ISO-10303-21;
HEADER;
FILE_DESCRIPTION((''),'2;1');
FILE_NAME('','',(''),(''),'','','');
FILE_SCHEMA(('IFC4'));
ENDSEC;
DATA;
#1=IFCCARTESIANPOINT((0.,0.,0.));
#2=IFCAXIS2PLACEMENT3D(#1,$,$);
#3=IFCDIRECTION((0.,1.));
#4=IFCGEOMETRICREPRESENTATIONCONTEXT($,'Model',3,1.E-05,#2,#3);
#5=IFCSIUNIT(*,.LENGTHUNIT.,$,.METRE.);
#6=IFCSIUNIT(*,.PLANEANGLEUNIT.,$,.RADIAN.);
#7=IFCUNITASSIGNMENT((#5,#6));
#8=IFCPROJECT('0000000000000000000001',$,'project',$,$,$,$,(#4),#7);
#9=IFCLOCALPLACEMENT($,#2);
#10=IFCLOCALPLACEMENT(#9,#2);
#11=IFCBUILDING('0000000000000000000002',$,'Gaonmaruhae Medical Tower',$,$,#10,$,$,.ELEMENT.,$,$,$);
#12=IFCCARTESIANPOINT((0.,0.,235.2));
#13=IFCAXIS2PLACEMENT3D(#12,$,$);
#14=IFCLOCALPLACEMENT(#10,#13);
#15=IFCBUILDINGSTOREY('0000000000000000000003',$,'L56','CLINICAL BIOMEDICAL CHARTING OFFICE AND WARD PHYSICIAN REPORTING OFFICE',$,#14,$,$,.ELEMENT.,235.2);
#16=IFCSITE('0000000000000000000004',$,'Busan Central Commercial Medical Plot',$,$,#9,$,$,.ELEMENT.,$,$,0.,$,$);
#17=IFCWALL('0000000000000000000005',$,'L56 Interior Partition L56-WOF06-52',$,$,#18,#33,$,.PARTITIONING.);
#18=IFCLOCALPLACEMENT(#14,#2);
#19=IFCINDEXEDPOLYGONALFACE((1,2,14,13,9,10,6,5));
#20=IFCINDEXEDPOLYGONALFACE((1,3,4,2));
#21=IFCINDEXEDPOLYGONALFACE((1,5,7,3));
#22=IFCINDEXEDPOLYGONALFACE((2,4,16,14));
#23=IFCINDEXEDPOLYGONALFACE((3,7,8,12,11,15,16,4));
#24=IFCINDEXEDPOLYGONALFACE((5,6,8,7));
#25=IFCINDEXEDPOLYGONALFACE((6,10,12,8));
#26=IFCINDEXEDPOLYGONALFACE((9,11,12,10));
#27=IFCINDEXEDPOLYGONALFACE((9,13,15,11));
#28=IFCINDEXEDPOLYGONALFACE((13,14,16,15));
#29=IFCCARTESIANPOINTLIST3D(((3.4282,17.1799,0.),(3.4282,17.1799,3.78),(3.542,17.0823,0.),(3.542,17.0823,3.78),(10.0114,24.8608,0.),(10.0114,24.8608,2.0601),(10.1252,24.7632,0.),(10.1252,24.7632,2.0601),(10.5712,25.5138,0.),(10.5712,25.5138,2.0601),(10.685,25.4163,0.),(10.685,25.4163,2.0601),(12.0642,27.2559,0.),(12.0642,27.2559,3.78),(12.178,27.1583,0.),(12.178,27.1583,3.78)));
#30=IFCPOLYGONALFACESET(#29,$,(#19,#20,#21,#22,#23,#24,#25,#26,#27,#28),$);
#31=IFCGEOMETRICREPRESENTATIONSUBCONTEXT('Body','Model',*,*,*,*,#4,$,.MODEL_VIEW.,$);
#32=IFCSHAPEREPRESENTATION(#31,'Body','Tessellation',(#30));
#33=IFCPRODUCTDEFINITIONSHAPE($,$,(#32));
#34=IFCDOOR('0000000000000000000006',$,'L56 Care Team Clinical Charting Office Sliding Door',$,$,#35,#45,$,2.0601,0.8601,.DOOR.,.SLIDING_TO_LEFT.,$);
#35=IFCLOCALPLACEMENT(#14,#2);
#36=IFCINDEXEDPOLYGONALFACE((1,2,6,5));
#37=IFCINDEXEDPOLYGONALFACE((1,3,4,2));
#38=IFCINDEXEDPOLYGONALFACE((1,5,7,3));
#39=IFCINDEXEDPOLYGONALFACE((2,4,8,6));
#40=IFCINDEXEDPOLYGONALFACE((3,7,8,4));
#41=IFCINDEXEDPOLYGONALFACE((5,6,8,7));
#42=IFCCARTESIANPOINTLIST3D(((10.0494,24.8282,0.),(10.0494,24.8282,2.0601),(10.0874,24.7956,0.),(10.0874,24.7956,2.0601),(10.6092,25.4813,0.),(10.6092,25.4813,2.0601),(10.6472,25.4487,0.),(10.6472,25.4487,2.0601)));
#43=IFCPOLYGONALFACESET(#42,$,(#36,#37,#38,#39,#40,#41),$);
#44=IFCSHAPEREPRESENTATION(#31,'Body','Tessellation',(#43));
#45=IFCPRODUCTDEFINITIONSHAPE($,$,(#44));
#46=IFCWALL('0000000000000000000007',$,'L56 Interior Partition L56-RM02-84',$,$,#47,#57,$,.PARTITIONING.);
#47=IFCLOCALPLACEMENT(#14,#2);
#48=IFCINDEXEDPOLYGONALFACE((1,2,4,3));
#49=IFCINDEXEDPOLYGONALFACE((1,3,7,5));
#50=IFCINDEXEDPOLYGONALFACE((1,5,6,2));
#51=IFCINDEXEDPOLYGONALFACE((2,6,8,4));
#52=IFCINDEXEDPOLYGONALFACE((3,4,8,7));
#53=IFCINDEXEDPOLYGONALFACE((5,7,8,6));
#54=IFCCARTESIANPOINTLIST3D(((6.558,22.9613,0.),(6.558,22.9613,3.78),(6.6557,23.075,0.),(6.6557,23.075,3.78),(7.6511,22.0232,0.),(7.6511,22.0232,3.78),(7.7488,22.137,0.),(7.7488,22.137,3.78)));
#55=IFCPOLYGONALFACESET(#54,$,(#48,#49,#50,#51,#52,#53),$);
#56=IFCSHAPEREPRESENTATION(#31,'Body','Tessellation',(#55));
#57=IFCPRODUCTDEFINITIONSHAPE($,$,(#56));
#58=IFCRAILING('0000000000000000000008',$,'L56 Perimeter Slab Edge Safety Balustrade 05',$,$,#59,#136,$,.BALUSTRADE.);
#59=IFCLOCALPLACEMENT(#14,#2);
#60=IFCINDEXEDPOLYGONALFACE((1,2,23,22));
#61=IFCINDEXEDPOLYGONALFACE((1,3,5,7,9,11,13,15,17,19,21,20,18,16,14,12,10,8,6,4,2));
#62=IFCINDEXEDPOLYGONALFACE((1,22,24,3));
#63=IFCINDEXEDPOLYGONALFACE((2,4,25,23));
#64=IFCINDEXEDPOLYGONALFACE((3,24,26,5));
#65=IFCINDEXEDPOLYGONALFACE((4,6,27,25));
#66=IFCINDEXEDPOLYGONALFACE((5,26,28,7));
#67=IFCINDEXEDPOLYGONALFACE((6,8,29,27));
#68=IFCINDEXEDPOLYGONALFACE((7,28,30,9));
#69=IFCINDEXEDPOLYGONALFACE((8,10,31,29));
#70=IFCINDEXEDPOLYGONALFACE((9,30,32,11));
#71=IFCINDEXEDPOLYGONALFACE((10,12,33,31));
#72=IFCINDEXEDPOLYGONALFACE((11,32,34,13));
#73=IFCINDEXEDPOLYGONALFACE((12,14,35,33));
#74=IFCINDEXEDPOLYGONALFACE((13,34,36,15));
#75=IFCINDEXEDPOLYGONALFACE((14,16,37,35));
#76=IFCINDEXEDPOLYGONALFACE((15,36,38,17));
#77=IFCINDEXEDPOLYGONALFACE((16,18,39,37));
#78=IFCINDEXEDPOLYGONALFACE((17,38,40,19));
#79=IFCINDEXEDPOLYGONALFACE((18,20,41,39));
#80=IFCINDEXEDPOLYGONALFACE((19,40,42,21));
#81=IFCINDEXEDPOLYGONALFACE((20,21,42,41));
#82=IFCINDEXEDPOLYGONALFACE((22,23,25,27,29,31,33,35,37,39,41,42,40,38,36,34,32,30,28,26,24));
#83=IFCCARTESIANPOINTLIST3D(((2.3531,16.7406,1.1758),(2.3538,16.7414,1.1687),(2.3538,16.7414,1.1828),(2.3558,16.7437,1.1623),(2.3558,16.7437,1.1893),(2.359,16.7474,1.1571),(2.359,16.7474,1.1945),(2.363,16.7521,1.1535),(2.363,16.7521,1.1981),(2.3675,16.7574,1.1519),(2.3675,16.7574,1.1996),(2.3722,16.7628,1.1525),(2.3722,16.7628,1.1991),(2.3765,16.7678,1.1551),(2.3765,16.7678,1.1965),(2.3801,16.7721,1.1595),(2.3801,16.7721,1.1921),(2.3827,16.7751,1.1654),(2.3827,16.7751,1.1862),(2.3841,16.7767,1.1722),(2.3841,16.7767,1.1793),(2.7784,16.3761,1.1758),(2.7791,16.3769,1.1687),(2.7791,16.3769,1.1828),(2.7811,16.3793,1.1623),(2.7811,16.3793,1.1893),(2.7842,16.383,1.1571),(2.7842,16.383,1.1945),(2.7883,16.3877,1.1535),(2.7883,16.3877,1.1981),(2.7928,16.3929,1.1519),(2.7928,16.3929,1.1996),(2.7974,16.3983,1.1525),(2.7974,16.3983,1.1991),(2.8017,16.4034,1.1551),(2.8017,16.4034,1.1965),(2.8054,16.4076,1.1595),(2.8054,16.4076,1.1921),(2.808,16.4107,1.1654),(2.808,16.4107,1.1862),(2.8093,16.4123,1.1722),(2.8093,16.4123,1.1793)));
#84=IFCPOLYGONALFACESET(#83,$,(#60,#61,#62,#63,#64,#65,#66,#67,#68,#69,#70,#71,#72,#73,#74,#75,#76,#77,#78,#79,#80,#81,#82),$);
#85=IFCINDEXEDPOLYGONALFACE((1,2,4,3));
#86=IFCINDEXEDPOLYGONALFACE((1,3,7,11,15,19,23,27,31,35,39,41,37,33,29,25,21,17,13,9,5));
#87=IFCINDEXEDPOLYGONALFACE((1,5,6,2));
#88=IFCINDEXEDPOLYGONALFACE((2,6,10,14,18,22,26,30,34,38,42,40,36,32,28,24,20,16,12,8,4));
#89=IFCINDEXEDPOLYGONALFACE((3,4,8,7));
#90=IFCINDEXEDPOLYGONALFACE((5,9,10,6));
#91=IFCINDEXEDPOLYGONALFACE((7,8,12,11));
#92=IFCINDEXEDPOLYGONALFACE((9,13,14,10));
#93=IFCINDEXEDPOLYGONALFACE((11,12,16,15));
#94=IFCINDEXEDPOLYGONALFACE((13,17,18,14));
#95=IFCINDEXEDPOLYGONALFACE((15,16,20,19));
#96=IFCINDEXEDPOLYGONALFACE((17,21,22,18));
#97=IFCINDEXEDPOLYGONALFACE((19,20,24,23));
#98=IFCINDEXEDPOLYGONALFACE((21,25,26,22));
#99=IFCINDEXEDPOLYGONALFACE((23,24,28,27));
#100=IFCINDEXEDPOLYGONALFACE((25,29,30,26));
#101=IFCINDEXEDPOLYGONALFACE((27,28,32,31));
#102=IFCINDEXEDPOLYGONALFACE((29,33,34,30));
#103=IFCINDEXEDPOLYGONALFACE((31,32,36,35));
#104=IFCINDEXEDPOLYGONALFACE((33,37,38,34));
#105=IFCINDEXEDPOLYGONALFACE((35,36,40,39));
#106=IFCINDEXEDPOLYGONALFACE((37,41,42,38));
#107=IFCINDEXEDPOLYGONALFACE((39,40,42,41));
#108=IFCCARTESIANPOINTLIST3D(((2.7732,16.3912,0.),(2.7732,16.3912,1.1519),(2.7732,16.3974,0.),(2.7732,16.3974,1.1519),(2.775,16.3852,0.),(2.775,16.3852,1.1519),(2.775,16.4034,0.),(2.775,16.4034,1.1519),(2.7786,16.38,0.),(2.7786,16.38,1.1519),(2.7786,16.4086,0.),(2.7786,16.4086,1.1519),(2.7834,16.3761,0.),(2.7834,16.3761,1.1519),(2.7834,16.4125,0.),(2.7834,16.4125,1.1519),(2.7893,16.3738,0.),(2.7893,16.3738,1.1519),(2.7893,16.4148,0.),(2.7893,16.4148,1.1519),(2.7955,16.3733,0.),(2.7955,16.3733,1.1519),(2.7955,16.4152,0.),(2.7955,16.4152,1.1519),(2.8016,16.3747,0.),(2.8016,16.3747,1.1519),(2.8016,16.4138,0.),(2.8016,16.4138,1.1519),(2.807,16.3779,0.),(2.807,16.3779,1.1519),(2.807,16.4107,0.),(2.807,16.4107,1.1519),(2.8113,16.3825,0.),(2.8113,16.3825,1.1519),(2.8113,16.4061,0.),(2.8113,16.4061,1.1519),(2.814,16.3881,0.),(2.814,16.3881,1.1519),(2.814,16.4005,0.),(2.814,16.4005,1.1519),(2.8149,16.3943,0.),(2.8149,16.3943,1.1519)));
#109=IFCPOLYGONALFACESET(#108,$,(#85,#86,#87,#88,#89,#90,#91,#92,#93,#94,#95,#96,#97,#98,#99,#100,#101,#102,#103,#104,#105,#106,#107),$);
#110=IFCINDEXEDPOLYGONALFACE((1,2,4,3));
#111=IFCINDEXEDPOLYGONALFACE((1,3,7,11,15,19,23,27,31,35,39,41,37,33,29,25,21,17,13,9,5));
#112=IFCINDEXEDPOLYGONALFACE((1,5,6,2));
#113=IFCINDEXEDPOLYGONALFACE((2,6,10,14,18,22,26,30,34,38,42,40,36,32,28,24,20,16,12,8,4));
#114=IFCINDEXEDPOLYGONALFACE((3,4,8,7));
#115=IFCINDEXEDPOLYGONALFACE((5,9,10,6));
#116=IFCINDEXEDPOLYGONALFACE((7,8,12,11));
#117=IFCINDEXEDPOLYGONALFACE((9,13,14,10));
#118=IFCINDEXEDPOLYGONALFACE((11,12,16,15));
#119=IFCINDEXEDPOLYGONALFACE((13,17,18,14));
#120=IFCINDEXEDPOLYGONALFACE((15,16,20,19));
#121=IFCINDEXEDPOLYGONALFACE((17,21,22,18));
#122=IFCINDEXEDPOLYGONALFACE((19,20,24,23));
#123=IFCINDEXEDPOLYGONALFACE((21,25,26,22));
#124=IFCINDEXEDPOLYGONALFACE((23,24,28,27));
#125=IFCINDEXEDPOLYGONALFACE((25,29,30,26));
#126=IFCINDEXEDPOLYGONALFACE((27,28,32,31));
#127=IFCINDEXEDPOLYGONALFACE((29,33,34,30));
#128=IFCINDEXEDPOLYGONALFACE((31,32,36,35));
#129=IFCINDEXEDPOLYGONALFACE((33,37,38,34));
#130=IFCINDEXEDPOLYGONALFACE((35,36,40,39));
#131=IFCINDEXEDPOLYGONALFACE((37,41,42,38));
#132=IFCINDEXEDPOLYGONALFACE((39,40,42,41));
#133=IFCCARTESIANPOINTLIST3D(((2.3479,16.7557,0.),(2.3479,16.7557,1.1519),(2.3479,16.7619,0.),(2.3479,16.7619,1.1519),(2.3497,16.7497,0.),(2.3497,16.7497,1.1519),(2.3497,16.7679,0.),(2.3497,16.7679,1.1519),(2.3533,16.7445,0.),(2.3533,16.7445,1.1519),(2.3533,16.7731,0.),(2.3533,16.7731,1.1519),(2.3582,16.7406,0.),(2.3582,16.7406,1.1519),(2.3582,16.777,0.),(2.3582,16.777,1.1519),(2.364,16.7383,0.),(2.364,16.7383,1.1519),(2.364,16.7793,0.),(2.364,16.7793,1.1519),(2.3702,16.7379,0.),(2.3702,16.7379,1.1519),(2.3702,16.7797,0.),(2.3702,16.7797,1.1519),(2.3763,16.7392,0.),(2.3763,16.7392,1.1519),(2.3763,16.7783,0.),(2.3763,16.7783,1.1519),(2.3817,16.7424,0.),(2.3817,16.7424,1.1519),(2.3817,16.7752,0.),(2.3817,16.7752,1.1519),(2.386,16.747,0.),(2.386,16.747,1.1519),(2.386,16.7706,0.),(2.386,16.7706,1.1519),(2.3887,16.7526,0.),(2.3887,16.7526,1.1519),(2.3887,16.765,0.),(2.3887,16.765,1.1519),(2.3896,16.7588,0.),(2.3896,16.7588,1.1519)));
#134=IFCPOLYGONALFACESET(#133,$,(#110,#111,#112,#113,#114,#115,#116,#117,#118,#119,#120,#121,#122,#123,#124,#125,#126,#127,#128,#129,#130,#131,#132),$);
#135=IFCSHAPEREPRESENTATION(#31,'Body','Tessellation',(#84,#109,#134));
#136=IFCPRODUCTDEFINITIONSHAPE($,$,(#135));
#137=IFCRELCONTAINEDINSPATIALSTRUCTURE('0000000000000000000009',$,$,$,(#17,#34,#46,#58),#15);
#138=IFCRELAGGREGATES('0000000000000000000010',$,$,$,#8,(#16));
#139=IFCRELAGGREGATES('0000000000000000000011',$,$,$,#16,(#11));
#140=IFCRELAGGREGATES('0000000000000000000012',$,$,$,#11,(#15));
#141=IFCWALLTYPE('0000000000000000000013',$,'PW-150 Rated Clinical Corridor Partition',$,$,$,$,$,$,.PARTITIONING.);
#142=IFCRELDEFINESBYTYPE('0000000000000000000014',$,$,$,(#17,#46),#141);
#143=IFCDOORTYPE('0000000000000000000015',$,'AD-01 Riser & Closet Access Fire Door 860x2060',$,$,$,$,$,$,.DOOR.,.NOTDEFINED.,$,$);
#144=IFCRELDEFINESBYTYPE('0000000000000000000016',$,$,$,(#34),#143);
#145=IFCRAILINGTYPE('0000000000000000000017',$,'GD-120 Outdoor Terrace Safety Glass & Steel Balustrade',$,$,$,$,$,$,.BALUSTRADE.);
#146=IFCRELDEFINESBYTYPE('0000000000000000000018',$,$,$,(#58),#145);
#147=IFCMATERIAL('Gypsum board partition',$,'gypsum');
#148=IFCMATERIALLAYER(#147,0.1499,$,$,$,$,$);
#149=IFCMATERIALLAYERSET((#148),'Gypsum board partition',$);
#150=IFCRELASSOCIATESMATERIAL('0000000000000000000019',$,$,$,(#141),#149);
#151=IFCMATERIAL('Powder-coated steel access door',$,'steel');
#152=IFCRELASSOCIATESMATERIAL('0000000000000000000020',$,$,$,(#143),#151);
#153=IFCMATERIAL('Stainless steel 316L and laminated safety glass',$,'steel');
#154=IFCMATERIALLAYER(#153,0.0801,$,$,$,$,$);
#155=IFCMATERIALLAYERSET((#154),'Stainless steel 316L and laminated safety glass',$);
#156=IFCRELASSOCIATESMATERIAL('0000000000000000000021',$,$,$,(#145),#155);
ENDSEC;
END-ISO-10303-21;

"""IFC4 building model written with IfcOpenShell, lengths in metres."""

from ifc_helpers import new_model, si_unit, direction, frame, frame_2d, origin, origin_2d, place, context, subcontext, project, spatial, rectangle, circle, extrude, material, layer, layer_set, type_object, element, fill, save


model = new_model("IFC4")

# Units and contexts
model_context = context("Model", 3, precision=1e-05, world=origin(), true_north=direction((0.0, 1.0)))
body_context = subcontext(model_context, "Body", "Model", "MODEL_VIEW")
ifc_project = project(units=[si_unit("LENGTHUNIT", "METRE"), si_unit("PLANEANGLEUNIT", "RADIAN")], contexts=[model_context])

# Site, building, storey
site_placement = place(None, origin())
site = spatial("IfcSite", under=ifc_project, at=site_placement, Name="Busan Central Commercial Medical Plot", CompositionType="ELEMENT", RefElevation=0.0)
building_placement = place(site_placement, origin())
building = spatial("IfcBuilding", under=site, at=building_placement, Name="Gaonmaruhae Medical Tower", CompositionType="ELEMENT")
storey_placement = place(building_placement, frame((0.0, 0.0, 235.2)))
storey = spatial("IfcBuildingStorey", under=building, at=storey_placement, Name="L56", Description="CLINICAL BIOMEDICAL CHARTING OFFICE AND WARD PHYSICIAN REPORTING OFFICE", CompositionType="ELEMENT", Elevation=235.2)

# Shared definitions
ifc_material_1 = material(Name="Gypsum board partition", Category="gypsum")
ifc_layer_1 = layer(ifc_material_1, 0.1499)
ifc_layer_set_1 = layer_set([ifc_layer_1], Name="Gypsum board partition")
wall_type_1 = type_object("IfcWallType", Name="PW-150 Rated Clinical Corridor Partition", PredefinedType="PARTITIONING", material=ifc_layer_set_1)

# Wall, opening, door
wall_1_placement = place(storey_placement, frame((3.4851, 17.1311, 0.0), z_axis=(0.0, 0.0, 1.0), x_axis=(0.650769, 0.759276, 0.0)))
wall_1 = element("IfcWall", 1, at=wall_1_placement, inside=storey, type_object=wall_type_1, Name="L56 Interior Partition L56-WOF06-52", PredefinedType="PARTITIONING", context=body_context, shape_type="SweptSolid", body=[
    extrude(rectangle(XDim=13.2705, YDim=0.1499, at=frame_2d((6.6353, 0.0))), origin(), (0.0, 0.0, 1.0), 3.78),
])
opening_placement = place(wall_1_placement, frame((10.116, 0.0, 0.0)))
opening = element("IfcOpeningElement", 2, at=opening_placement, cuts=wall_1, PredefinedType="OPENING", context=body_context, shape_type="SweptSolid", body=[
    extrude(rectangle(XDim=0.8601, YDim=2.0601, at=frame_2d((0.4302, 1.03))), frame((0.0, 0.085, 0.0), z_axis=(0.0, -1.0, 0.0), x_axis=(1.0, 0.0, 0.0)), (0.0, 0.0, 1.0), 0.1699),
])
ifc_material_2 = material(Name="Powder-coated steel access door", Category="steel")
door_type = type_object("IfcDoorType", Name="AD-01 Riser & Closet Access Fire Door 860x2060", OperationType="NOTDEFINED", PredefinedType="DOOR", material=ifc_material_2)
door_placement = place(opening_placement, origin())
door = element("IfcDoor", 3, at=door_placement, inside=storey, type_object=door_type, Name="L56 Care Team Clinical Charting Office Sliding Door", OperationType="SLIDING_TO_LEFT", OverallHeight=2.0601, OverallWidth=0.8601, PredefinedType="DOOR", context=body_context, shape_type="SweptSolid", body=[
    extrude(rectangle(XDim=0.8601, YDim=2.0601, at=frame_2d((0.4302, 1.03))), frame((0.0, 0.0249, 0.0), z_axis=(0.0, -1.0, 0.0), x_axis=(1.0, 0.0, 0.0)), (0.0, 0.0, 1.0), 0.05),
])
fill(opening, door)

# Wall
wall_2_placement = place(storey_placement, frame((7.7, 22.0801, 0.0), z_axis=(0.0, 0.0, 1.0), x_axis=(-0.758874, 0.651238, 0.0)))
element("IfcWall", 4, at=wall_2_placement, inside=storey, type_object=wall_type_1, Name="L56 Interior Partition L56-RM02-84", PredefinedType="PARTITIONING", context=body_context, shape_type="SweptSolid", body=[
    extrude(rectangle(XDim=1.4404, YDim=0.1499, at=frame_2d((0.7202, 0.0))), origin(), (0.0, 0.0, 1.0), 3.78),
])

# Railing
ifc_material_3 = material(Name="Stainless steel 316L and laminated safety glass", Category="steel")
ifc_layer_2 = layer(ifc_material_3, 0.0801)
ifc_layer_set_2 = layer_set([ifc_layer_2], Name="Stainless steel 316L and laminated safety glass")
railing_type = type_object("IfcRailingType", Name="GD-120 Outdoor Terrace Safety Glass & Steel Balustrade", PredefinedType="BALUSTRADE", material=ifc_layer_set_2)
railing_1_placement = place(storey_placement, frame((2.7939, 16.3943, 0.0)))
element("IfcRailing", 5, at=railing_1_placement, inside=storey, type_object=railing_type, Name="L56 Perimeter Slab Edge Safety Balustrade 05", PredefinedType="BALUSTRADE", context=body_context, shape_type="SweptSolid", body=[
    extrude(circle(Radius=0.0239, at=origin_2d()), frame((0.0, 0.0, 1.1758), z_axis=(-0.759287, 0.650755, 0.0), x_axis=(-0.650755, -0.759287, 0.0)), (0.0, 0.0, 1.0), 0.5601),
    extrude(circle(Radius=0.021, at=origin_2d()), origin(), (0.0, 0.0, 1.0), 1.1519),
    extrude(circle(Radius=0.021, at=origin_2d()), frame((-0.4253, 0.3645, 0.0)), (0.0, 0.0, 1.0), 1.1519),
])

save(model, "model.ifc")
